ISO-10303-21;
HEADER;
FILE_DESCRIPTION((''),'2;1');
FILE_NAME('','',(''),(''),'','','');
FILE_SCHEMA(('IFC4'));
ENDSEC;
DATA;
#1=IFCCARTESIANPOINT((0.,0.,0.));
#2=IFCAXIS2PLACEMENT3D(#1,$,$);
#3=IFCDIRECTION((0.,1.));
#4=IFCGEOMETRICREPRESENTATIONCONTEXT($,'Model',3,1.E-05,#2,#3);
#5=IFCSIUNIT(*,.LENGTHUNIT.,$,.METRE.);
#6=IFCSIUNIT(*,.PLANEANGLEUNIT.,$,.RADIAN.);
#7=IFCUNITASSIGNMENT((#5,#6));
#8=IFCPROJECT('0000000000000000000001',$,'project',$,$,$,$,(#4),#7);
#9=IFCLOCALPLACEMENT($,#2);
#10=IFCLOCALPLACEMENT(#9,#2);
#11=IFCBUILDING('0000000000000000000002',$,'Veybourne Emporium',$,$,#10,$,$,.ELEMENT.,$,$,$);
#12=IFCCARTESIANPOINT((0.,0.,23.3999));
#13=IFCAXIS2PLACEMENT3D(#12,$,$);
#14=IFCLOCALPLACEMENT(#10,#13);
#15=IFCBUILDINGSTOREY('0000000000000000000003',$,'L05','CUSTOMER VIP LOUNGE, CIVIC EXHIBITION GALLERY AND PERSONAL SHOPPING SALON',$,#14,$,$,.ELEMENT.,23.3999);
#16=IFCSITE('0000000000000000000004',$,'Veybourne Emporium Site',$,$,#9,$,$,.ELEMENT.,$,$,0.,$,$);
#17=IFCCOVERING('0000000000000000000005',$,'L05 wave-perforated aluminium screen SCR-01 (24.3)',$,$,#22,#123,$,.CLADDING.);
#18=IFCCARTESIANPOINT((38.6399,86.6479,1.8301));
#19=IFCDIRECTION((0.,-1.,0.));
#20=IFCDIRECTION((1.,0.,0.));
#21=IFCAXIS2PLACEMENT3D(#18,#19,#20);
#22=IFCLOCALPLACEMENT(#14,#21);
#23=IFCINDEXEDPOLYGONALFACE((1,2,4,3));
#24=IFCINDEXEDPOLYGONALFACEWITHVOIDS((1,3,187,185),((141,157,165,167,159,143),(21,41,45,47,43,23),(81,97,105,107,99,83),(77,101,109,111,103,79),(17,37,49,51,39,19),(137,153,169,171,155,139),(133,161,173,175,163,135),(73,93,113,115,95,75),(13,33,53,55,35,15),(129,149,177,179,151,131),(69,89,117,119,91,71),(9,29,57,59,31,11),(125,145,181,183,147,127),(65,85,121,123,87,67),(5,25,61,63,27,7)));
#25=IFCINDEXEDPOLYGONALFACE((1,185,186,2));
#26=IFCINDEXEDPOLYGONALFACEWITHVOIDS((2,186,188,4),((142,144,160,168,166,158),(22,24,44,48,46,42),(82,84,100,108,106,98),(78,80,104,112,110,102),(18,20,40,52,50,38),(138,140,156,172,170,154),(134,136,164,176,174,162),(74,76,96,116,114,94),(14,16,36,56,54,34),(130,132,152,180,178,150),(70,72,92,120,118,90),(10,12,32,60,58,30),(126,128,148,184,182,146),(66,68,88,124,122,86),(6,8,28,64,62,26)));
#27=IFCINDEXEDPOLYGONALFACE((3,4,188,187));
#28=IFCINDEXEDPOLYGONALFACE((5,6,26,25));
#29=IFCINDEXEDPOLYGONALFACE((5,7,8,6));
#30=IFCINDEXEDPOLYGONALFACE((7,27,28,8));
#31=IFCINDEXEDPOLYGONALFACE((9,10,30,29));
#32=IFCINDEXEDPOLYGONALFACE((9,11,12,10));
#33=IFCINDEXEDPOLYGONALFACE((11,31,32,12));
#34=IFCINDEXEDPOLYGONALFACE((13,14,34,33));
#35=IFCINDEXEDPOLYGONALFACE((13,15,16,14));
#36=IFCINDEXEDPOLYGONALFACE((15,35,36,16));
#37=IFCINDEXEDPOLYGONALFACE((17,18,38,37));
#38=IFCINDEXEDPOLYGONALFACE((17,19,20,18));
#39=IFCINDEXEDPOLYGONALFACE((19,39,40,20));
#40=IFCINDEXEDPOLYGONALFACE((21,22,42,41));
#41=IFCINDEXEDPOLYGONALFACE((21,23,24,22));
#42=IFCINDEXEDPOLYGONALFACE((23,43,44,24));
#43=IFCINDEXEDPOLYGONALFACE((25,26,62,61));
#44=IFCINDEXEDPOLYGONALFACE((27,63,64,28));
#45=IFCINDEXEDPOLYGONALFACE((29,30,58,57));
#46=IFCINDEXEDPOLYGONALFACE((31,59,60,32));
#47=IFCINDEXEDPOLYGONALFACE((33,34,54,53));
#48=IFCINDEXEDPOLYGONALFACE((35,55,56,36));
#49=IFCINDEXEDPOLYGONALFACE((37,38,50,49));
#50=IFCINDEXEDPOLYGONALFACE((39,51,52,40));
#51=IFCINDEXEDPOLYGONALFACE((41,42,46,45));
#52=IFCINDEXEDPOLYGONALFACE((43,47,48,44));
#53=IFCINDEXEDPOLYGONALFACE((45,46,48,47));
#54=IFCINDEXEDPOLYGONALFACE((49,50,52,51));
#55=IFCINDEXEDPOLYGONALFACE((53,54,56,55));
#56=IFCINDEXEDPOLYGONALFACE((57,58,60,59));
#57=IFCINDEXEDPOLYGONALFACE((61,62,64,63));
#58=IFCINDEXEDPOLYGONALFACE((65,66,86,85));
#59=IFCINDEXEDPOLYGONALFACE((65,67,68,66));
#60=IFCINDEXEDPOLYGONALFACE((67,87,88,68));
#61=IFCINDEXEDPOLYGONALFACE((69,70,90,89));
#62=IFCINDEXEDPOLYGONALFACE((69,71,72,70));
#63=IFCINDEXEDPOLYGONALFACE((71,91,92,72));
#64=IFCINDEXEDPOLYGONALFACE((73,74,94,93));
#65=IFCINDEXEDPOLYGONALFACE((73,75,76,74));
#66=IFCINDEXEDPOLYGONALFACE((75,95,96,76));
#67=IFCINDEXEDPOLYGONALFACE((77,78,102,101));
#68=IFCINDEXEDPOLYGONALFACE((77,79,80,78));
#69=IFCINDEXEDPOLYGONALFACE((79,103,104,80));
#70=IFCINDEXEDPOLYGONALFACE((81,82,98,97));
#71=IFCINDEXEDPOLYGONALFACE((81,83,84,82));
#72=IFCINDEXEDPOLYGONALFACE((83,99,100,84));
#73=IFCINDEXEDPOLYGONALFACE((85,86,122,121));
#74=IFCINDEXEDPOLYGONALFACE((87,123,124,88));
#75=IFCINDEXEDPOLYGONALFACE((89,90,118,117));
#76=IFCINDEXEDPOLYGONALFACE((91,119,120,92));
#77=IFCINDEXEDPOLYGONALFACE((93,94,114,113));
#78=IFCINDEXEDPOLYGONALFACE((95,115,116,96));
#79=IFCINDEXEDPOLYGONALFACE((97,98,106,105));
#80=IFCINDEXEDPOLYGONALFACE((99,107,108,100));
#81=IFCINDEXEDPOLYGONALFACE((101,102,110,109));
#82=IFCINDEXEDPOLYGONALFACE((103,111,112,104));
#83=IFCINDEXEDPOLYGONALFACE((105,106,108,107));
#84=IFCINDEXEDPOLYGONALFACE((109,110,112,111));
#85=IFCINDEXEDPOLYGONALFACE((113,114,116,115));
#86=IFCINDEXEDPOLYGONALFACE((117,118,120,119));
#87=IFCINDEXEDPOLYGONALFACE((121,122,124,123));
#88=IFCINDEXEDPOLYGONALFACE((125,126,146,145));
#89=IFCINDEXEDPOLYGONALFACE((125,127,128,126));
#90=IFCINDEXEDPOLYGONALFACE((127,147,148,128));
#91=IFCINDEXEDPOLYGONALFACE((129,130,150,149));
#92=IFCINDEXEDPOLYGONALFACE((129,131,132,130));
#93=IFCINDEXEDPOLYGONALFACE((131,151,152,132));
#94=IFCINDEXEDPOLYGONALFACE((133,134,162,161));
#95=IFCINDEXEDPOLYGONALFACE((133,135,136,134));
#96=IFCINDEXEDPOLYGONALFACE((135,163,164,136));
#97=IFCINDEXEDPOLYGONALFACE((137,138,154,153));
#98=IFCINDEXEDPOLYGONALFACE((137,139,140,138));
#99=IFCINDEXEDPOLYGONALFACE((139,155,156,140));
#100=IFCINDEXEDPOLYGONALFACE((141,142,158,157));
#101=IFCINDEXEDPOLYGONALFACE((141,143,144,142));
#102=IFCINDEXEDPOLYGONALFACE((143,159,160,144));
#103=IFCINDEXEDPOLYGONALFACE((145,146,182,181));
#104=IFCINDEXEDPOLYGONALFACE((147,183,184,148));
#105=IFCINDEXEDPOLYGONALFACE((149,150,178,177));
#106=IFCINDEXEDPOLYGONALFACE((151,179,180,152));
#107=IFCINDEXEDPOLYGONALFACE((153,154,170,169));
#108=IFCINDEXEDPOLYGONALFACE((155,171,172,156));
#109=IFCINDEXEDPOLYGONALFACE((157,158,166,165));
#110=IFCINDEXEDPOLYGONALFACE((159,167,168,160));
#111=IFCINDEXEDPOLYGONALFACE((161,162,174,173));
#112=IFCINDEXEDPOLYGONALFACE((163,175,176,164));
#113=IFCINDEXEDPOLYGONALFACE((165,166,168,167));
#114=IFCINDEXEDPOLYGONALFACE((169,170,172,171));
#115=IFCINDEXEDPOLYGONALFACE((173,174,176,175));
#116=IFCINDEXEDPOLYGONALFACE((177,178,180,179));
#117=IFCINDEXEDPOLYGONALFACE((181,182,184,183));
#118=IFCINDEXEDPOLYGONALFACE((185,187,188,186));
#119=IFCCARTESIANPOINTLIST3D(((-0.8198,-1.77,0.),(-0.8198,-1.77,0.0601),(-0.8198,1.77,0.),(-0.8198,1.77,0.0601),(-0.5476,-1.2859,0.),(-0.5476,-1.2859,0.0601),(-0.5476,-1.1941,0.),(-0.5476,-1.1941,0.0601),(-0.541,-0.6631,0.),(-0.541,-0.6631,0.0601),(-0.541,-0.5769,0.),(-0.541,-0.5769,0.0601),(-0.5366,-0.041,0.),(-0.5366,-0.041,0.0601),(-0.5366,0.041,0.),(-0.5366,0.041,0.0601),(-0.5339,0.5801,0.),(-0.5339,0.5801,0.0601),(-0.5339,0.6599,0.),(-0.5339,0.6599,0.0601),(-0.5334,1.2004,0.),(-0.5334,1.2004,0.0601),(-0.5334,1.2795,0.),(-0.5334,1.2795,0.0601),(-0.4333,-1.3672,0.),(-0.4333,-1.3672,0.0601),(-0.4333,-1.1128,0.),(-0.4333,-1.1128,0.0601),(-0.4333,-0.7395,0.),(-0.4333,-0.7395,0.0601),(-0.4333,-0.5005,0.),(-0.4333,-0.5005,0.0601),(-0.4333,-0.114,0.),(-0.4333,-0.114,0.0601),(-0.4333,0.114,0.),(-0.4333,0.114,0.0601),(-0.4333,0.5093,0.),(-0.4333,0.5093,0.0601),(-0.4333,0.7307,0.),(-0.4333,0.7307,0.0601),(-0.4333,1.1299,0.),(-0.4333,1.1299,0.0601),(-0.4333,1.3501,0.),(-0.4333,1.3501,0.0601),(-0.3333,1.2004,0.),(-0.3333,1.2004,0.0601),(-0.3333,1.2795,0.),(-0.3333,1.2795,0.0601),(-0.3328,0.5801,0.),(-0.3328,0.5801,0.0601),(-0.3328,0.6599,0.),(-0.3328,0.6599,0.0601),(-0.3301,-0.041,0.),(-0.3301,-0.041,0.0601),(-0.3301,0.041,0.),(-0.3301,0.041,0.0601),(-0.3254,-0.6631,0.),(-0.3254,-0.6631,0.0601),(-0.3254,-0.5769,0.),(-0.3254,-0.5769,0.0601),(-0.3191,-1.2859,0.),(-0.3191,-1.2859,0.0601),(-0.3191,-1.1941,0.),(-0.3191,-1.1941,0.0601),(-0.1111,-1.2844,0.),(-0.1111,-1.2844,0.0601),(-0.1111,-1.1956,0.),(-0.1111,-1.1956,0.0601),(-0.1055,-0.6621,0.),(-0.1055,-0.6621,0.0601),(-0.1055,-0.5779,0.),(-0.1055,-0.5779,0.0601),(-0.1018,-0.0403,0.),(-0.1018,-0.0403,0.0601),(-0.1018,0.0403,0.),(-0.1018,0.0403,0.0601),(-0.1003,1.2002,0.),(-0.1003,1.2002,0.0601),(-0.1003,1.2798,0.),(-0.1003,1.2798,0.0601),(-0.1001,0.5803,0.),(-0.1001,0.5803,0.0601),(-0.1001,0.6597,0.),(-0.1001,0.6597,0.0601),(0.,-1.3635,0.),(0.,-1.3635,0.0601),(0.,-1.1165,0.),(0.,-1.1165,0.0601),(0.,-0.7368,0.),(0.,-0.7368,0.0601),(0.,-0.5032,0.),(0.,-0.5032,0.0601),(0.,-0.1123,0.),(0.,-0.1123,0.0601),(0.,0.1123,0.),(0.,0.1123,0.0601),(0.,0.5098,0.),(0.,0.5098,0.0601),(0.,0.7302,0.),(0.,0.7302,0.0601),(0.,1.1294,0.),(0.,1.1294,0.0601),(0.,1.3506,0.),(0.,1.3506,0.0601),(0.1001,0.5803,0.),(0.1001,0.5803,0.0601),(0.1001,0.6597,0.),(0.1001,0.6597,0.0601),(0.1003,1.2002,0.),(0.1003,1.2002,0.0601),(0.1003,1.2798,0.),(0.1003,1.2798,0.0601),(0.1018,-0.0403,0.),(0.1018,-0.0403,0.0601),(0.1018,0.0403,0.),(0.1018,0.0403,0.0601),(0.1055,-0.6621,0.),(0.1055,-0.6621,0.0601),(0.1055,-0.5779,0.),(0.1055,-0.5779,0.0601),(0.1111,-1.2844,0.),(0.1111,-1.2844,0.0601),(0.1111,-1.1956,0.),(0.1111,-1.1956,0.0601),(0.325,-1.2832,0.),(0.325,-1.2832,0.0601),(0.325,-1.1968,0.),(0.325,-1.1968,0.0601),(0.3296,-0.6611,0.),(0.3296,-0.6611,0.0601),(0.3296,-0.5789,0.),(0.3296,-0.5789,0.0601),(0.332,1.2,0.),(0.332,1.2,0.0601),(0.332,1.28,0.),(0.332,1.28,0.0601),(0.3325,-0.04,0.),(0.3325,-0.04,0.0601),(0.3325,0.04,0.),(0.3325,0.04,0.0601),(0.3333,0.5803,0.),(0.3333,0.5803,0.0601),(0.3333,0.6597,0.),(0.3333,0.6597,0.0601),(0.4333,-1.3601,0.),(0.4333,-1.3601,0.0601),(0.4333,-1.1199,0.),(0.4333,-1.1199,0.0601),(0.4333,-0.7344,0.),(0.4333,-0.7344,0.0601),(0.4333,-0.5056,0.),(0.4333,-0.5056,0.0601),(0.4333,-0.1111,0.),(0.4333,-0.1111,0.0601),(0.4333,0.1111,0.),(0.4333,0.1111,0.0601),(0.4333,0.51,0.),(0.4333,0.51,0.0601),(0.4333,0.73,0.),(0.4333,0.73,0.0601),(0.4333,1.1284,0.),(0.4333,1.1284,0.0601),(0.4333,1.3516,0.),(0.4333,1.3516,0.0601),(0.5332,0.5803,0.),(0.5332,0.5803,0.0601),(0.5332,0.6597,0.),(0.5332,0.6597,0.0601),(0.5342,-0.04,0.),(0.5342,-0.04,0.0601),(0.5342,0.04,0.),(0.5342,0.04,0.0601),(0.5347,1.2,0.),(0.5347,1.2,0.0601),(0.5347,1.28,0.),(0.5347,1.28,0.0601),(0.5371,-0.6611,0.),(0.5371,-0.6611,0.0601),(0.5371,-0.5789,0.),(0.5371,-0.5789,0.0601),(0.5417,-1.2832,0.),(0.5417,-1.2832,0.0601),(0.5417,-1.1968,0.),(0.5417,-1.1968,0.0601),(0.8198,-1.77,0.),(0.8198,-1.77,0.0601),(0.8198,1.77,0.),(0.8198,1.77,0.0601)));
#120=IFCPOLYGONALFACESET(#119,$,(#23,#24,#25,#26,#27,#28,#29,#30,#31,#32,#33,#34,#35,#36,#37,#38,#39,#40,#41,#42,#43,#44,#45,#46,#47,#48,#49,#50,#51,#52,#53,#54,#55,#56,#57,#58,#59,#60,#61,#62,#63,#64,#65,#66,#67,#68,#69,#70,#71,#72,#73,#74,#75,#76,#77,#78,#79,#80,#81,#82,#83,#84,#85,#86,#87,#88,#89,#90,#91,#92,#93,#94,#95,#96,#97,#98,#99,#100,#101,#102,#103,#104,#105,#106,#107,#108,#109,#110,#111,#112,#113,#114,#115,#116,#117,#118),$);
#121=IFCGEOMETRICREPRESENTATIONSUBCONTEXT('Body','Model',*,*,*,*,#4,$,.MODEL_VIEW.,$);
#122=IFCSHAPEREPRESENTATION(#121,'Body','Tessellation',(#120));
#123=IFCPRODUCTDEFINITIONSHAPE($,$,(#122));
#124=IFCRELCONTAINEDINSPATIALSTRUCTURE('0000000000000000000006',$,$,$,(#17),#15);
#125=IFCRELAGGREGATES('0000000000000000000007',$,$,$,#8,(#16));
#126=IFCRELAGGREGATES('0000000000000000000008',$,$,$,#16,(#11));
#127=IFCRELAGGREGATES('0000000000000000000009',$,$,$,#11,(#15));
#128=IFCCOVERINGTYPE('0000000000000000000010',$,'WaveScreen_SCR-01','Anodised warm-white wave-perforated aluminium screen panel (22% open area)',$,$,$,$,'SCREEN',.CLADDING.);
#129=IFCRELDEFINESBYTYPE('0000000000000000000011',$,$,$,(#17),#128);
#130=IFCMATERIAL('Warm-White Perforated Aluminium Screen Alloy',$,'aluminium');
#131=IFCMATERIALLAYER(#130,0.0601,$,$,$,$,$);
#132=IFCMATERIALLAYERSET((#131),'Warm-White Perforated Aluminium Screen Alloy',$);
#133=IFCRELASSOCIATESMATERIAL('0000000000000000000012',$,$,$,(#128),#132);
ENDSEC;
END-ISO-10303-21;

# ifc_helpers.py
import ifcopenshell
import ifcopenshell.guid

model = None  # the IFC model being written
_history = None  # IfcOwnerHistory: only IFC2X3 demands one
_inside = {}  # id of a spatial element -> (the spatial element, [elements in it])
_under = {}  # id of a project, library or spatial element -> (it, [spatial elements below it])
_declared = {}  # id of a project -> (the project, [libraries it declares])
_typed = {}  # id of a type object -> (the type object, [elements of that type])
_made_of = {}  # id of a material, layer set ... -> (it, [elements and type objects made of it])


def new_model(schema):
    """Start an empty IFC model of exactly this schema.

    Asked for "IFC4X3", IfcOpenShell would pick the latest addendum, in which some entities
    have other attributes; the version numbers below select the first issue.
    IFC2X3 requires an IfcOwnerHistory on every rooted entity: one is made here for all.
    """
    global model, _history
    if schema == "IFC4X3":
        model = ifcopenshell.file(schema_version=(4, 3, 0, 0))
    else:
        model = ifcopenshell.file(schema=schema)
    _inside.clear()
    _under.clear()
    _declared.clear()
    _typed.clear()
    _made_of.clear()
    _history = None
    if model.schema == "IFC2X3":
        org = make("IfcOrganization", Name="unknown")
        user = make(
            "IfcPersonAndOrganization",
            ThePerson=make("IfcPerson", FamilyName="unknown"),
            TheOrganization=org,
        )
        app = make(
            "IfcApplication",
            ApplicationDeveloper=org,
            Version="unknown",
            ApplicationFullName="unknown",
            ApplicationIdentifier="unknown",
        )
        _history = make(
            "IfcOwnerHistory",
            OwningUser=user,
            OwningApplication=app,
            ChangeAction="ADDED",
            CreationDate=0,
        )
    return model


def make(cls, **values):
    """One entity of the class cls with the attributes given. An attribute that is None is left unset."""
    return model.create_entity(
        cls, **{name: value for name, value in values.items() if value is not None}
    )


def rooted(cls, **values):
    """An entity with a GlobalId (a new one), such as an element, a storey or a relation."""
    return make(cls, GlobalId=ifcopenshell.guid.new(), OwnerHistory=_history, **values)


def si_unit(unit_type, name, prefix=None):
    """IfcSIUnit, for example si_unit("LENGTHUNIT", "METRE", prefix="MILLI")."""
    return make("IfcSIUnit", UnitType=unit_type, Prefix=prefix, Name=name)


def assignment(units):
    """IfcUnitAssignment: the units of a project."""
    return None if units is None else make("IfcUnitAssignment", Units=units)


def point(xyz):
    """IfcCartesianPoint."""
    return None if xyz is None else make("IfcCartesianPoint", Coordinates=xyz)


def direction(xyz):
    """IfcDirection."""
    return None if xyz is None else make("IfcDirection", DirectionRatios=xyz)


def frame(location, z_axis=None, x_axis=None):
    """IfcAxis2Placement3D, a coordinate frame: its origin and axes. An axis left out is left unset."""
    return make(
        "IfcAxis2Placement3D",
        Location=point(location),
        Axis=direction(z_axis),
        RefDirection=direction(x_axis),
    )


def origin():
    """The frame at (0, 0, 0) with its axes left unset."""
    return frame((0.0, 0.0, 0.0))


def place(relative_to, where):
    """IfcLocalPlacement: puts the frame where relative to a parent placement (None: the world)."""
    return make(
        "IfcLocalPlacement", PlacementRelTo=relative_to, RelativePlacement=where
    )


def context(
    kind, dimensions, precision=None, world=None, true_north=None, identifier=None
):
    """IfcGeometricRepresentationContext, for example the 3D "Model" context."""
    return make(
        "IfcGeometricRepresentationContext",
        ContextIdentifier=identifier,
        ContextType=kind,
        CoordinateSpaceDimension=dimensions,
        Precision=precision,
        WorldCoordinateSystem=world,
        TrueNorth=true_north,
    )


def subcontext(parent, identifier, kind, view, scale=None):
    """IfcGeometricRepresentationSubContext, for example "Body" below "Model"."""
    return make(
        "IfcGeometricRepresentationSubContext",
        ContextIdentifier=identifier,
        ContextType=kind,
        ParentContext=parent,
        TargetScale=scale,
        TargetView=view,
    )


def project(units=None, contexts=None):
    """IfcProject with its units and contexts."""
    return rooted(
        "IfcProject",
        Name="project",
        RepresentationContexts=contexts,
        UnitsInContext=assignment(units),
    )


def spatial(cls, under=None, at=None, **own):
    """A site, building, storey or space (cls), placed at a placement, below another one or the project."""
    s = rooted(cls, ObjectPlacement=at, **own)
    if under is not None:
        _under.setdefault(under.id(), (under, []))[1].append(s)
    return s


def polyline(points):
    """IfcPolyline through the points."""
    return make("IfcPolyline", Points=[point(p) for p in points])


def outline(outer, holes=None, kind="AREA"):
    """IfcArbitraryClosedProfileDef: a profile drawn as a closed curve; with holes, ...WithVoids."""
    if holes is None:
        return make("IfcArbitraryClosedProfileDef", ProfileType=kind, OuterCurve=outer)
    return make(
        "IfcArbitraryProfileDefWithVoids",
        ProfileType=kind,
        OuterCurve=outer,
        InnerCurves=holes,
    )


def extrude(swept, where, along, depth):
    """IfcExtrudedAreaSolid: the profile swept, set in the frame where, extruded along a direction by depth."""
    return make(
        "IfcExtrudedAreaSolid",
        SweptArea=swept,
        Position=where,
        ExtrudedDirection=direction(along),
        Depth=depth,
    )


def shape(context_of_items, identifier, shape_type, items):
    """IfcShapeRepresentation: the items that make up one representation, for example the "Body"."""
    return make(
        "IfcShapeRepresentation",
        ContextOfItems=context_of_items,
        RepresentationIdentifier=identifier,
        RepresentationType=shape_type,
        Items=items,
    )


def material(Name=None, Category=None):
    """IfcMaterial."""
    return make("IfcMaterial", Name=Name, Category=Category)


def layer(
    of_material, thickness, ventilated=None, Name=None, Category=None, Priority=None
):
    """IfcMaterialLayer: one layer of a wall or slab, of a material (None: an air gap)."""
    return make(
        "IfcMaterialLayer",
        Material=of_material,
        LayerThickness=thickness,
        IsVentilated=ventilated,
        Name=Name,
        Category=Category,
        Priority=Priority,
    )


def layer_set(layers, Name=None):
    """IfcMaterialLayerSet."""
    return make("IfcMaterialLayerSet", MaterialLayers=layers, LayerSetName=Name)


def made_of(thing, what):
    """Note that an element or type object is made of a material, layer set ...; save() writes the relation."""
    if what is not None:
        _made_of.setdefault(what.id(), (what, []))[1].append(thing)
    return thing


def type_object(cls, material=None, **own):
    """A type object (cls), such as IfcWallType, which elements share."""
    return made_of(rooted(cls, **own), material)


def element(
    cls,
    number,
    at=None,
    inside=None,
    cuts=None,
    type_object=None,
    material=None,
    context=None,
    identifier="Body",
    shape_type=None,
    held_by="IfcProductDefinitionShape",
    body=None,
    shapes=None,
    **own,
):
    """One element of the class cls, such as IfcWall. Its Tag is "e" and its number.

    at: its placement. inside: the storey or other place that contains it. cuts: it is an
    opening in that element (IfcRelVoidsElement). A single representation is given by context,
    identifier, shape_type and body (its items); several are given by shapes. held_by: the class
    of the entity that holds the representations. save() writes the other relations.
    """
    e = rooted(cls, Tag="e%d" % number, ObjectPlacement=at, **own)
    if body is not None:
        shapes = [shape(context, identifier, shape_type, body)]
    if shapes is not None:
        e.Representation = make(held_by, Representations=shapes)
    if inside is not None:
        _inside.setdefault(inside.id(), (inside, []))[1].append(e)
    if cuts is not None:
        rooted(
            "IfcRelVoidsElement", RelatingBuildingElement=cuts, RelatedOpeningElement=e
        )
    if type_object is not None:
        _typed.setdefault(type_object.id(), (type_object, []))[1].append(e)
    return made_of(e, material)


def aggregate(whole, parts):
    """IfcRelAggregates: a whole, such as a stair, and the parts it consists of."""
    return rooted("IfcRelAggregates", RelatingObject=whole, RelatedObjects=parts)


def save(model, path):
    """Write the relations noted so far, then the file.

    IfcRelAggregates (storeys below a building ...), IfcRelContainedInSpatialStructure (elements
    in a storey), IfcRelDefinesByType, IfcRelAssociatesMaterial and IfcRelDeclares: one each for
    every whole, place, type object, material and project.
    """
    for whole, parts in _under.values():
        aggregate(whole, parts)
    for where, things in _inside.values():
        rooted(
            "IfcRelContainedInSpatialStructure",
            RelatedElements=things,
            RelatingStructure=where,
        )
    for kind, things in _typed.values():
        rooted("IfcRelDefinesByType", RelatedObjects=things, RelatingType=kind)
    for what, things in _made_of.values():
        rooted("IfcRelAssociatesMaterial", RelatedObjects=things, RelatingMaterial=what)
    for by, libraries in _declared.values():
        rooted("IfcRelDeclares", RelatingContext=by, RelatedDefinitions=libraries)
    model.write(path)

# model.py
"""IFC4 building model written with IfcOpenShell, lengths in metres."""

from ifc_helpers import new_model, si_unit, direction, frame, origin, place, context, subcontext, project, spatial, polyline, outline, extrude, material, layer, layer_set, type_object, element, save


model = new_model("IFC4")

# Units and contexts
model_context = context("Model", 3, precision=1e-05, world=origin(), true_north=direction((0.0, 1.0)))
body_context = subcontext(model_context, "Body", "Model", "MODEL_VIEW")
ifc_project = project(units=[si_unit("LENGTHUNIT", "METRE"), si_unit("PLANEANGLEUNIT", "RADIAN")], contexts=[model_context])

# Site, building, storey
site_placement = place(None, origin())
site = spatial("IfcSite", under=ifc_project, at=site_placement, Name="Veybourne Emporium Site", CompositionType="ELEMENT", RefElevation=0.0)
building_placement = place(site_placement, origin())
building = spatial("IfcBuilding", under=site, at=building_placement, Name="Veybourne Emporium", CompositionType="ELEMENT")
storey_placement = place(building_placement, frame((0.0, 0.0, 23.3999)))
storey = spatial("IfcBuildingStorey", under=building, at=storey_placement, Name="L05", Description="CUSTOMER VIP LOUNGE, CIVIC EXHIBITION GALLERY AND PERSONAL SHOPPING SALON", CompositionType="ELEMENT", Elevation=23.3999)

# Covering
ifc_material_1 = material(Name="Warm-White Perforated Aluminium Screen Alloy", Category="aluminium")
ifc_layer_1 = layer(ifc_material_1, 0.0601)
ifc_layer_set_1 = layer_set([ifc_layer_1], Name="Warm-White Perforated Aluminium Screen Alloy")
covering_type_1 = type_object("IfcCoveringType", Name="WaveScreen_SCR-01", Description="Anodised warm-white wave-perforated aluminium screen panel (22% open area)", ElementType="SCREEN", PredefinedType="CLADDING", material=ifc_layer_set_1)
covering_1_placement = place(storey_placement, frame((38.6399, 86.6479, 1.8301), z_axis=(0.0, -1.0, 0.0), x_axis=(1.0, 0.0, 0.0)))
element("IfcCovering", 1, at=covering_1_placement, inside=storey, type_object=covering_type_1, Name="L05 wave-perforated aluminium screen SCR-01 (24.3)", PredefinedType="CLADDING", context=body_context, shape_type="SweptSolid", body=[
    extrude(outline(polyline([(-0.8198, -1.77), (0.8198, -1.77), (0.8198, 1.77), (-0.8198, 1.77), (-0.8198, -1.77)]), holes=[polyline([(-0.4333, -1.1128), (-0.3191, -1.1941), (-0.3191, -1.2859), (-0.4333, -1.3672), (-0.5476, -1.2859), (-0.5476, -1.1941), (-0.4333, -1.1128)]), polyline([(-0.4333, -0.5005), (-0.3254, -0.5769), (-0.3254, -0.6631), (-0.4333, -0.7395), (-0.541, -0.6631), (-0.541, -0.5769), (-0.4333, -0.5005)]), polyline([(-0.4333, 0.114), (-0.3301, 0.041), (-0.3301, -0.041), (-0.4333, -0.114), (-0.5366, -0.041), (-0.5366, 0.041), (-0.4333, 0.114)]), polyline([(-0.4333, 0.7307), (-0.3328, 0.6599), (-0.3328, 0.5801), (-0.4333, 0.5093), (-0.5339, 0.5801), (-0.5339, 0.6599), (-0.4333, 0.7307)]), polyline([(-0.4333, 1.3501), (-0.3333, 1.2795), (-0.3333, 1.2004), (-0.4333, 1.1299), (-0.5334, 1.2004), (-0.5334, 1.2795), (-0.4333, 1.3501)]), polyline([(0.0, -1.1165), (0.1111, -1.1956), (0.1111, -1.2844), (0.0, -1.3635), (-0.1111, -1.2844), (-0.1111, -1.1956), (0.0, -1.1165)]), polyline([(0.0, -0.5032), (0.1055, -0.5779), (0.1055, -0.6621), (0.0, -0.7368), (-0.1055, -0.6621), (-0.1055, -0.5779), (0.0, -0.5032)]), polyline([(0.0, 0.1123), (0.1018, 0.0403), (0.1018, -0.0403), (0.0, -0.1123), (-0.1018, -0.0403), (-0.1018, 0.0403), (0.0, 0.1123)]), polyline([(0.0, 0.7302), (0.1001, 0.6597), (0.1001, 0.5803), (0.0, 0.5098), (-0.1001, 0.5803), (-0.1001, 0.6597), (0.0, 0.7302)]), polyline([(0.0, 1.3506), (0.1003, 1.2798), (0.1003, 1.2002), (0.0, 1.1294), (-0.1003, 1.2002), (-0.1003, 1.2798), (0.0, 1.3506)]), polyline([(0.4333, -1.1199), (0.5417, -1.1968), (0.5417, -1.2832), (0.4333, -1.3601), (0.325, -1.2832), (0.325, -1.1968), (0.4333, -1.1199)]), polyline([(0.4333, -0.5056), (0.5371, -0.5789), (0.5371, -0.6611), (0.4333, -0.7344), (0.3296, -0.6611), (0.3296, -0.5789), (0.4333, -0.5056)]), polyline([(0.4333, 0.1111), (0.5342, 0.04), (0.5342, -0.04), (0.4333, -0.1111), (0.3325, -0.04), (0.3325, 0.04), (0.4333, 0.1111)]), polyline([(0.4333, 0.73), (0.5332, 0.6597), (0.5332, 0.5803), (0.4333, 0.51), (0.3333, 0.5803), (0.3333, 0.6597), (0.4333, 0.73)]), polyline([(0.4333, 1.3516), (0.5347, 1.28), (0.5347, 1.2), (0.4333, 1.1284), (0.332, 1.2), (0.332, 1.28), (0.4333, 1.3516)])]), origin(), (0.0, 0.0, 1.0), 0.0601),
])

save(model, "model.ifc")
